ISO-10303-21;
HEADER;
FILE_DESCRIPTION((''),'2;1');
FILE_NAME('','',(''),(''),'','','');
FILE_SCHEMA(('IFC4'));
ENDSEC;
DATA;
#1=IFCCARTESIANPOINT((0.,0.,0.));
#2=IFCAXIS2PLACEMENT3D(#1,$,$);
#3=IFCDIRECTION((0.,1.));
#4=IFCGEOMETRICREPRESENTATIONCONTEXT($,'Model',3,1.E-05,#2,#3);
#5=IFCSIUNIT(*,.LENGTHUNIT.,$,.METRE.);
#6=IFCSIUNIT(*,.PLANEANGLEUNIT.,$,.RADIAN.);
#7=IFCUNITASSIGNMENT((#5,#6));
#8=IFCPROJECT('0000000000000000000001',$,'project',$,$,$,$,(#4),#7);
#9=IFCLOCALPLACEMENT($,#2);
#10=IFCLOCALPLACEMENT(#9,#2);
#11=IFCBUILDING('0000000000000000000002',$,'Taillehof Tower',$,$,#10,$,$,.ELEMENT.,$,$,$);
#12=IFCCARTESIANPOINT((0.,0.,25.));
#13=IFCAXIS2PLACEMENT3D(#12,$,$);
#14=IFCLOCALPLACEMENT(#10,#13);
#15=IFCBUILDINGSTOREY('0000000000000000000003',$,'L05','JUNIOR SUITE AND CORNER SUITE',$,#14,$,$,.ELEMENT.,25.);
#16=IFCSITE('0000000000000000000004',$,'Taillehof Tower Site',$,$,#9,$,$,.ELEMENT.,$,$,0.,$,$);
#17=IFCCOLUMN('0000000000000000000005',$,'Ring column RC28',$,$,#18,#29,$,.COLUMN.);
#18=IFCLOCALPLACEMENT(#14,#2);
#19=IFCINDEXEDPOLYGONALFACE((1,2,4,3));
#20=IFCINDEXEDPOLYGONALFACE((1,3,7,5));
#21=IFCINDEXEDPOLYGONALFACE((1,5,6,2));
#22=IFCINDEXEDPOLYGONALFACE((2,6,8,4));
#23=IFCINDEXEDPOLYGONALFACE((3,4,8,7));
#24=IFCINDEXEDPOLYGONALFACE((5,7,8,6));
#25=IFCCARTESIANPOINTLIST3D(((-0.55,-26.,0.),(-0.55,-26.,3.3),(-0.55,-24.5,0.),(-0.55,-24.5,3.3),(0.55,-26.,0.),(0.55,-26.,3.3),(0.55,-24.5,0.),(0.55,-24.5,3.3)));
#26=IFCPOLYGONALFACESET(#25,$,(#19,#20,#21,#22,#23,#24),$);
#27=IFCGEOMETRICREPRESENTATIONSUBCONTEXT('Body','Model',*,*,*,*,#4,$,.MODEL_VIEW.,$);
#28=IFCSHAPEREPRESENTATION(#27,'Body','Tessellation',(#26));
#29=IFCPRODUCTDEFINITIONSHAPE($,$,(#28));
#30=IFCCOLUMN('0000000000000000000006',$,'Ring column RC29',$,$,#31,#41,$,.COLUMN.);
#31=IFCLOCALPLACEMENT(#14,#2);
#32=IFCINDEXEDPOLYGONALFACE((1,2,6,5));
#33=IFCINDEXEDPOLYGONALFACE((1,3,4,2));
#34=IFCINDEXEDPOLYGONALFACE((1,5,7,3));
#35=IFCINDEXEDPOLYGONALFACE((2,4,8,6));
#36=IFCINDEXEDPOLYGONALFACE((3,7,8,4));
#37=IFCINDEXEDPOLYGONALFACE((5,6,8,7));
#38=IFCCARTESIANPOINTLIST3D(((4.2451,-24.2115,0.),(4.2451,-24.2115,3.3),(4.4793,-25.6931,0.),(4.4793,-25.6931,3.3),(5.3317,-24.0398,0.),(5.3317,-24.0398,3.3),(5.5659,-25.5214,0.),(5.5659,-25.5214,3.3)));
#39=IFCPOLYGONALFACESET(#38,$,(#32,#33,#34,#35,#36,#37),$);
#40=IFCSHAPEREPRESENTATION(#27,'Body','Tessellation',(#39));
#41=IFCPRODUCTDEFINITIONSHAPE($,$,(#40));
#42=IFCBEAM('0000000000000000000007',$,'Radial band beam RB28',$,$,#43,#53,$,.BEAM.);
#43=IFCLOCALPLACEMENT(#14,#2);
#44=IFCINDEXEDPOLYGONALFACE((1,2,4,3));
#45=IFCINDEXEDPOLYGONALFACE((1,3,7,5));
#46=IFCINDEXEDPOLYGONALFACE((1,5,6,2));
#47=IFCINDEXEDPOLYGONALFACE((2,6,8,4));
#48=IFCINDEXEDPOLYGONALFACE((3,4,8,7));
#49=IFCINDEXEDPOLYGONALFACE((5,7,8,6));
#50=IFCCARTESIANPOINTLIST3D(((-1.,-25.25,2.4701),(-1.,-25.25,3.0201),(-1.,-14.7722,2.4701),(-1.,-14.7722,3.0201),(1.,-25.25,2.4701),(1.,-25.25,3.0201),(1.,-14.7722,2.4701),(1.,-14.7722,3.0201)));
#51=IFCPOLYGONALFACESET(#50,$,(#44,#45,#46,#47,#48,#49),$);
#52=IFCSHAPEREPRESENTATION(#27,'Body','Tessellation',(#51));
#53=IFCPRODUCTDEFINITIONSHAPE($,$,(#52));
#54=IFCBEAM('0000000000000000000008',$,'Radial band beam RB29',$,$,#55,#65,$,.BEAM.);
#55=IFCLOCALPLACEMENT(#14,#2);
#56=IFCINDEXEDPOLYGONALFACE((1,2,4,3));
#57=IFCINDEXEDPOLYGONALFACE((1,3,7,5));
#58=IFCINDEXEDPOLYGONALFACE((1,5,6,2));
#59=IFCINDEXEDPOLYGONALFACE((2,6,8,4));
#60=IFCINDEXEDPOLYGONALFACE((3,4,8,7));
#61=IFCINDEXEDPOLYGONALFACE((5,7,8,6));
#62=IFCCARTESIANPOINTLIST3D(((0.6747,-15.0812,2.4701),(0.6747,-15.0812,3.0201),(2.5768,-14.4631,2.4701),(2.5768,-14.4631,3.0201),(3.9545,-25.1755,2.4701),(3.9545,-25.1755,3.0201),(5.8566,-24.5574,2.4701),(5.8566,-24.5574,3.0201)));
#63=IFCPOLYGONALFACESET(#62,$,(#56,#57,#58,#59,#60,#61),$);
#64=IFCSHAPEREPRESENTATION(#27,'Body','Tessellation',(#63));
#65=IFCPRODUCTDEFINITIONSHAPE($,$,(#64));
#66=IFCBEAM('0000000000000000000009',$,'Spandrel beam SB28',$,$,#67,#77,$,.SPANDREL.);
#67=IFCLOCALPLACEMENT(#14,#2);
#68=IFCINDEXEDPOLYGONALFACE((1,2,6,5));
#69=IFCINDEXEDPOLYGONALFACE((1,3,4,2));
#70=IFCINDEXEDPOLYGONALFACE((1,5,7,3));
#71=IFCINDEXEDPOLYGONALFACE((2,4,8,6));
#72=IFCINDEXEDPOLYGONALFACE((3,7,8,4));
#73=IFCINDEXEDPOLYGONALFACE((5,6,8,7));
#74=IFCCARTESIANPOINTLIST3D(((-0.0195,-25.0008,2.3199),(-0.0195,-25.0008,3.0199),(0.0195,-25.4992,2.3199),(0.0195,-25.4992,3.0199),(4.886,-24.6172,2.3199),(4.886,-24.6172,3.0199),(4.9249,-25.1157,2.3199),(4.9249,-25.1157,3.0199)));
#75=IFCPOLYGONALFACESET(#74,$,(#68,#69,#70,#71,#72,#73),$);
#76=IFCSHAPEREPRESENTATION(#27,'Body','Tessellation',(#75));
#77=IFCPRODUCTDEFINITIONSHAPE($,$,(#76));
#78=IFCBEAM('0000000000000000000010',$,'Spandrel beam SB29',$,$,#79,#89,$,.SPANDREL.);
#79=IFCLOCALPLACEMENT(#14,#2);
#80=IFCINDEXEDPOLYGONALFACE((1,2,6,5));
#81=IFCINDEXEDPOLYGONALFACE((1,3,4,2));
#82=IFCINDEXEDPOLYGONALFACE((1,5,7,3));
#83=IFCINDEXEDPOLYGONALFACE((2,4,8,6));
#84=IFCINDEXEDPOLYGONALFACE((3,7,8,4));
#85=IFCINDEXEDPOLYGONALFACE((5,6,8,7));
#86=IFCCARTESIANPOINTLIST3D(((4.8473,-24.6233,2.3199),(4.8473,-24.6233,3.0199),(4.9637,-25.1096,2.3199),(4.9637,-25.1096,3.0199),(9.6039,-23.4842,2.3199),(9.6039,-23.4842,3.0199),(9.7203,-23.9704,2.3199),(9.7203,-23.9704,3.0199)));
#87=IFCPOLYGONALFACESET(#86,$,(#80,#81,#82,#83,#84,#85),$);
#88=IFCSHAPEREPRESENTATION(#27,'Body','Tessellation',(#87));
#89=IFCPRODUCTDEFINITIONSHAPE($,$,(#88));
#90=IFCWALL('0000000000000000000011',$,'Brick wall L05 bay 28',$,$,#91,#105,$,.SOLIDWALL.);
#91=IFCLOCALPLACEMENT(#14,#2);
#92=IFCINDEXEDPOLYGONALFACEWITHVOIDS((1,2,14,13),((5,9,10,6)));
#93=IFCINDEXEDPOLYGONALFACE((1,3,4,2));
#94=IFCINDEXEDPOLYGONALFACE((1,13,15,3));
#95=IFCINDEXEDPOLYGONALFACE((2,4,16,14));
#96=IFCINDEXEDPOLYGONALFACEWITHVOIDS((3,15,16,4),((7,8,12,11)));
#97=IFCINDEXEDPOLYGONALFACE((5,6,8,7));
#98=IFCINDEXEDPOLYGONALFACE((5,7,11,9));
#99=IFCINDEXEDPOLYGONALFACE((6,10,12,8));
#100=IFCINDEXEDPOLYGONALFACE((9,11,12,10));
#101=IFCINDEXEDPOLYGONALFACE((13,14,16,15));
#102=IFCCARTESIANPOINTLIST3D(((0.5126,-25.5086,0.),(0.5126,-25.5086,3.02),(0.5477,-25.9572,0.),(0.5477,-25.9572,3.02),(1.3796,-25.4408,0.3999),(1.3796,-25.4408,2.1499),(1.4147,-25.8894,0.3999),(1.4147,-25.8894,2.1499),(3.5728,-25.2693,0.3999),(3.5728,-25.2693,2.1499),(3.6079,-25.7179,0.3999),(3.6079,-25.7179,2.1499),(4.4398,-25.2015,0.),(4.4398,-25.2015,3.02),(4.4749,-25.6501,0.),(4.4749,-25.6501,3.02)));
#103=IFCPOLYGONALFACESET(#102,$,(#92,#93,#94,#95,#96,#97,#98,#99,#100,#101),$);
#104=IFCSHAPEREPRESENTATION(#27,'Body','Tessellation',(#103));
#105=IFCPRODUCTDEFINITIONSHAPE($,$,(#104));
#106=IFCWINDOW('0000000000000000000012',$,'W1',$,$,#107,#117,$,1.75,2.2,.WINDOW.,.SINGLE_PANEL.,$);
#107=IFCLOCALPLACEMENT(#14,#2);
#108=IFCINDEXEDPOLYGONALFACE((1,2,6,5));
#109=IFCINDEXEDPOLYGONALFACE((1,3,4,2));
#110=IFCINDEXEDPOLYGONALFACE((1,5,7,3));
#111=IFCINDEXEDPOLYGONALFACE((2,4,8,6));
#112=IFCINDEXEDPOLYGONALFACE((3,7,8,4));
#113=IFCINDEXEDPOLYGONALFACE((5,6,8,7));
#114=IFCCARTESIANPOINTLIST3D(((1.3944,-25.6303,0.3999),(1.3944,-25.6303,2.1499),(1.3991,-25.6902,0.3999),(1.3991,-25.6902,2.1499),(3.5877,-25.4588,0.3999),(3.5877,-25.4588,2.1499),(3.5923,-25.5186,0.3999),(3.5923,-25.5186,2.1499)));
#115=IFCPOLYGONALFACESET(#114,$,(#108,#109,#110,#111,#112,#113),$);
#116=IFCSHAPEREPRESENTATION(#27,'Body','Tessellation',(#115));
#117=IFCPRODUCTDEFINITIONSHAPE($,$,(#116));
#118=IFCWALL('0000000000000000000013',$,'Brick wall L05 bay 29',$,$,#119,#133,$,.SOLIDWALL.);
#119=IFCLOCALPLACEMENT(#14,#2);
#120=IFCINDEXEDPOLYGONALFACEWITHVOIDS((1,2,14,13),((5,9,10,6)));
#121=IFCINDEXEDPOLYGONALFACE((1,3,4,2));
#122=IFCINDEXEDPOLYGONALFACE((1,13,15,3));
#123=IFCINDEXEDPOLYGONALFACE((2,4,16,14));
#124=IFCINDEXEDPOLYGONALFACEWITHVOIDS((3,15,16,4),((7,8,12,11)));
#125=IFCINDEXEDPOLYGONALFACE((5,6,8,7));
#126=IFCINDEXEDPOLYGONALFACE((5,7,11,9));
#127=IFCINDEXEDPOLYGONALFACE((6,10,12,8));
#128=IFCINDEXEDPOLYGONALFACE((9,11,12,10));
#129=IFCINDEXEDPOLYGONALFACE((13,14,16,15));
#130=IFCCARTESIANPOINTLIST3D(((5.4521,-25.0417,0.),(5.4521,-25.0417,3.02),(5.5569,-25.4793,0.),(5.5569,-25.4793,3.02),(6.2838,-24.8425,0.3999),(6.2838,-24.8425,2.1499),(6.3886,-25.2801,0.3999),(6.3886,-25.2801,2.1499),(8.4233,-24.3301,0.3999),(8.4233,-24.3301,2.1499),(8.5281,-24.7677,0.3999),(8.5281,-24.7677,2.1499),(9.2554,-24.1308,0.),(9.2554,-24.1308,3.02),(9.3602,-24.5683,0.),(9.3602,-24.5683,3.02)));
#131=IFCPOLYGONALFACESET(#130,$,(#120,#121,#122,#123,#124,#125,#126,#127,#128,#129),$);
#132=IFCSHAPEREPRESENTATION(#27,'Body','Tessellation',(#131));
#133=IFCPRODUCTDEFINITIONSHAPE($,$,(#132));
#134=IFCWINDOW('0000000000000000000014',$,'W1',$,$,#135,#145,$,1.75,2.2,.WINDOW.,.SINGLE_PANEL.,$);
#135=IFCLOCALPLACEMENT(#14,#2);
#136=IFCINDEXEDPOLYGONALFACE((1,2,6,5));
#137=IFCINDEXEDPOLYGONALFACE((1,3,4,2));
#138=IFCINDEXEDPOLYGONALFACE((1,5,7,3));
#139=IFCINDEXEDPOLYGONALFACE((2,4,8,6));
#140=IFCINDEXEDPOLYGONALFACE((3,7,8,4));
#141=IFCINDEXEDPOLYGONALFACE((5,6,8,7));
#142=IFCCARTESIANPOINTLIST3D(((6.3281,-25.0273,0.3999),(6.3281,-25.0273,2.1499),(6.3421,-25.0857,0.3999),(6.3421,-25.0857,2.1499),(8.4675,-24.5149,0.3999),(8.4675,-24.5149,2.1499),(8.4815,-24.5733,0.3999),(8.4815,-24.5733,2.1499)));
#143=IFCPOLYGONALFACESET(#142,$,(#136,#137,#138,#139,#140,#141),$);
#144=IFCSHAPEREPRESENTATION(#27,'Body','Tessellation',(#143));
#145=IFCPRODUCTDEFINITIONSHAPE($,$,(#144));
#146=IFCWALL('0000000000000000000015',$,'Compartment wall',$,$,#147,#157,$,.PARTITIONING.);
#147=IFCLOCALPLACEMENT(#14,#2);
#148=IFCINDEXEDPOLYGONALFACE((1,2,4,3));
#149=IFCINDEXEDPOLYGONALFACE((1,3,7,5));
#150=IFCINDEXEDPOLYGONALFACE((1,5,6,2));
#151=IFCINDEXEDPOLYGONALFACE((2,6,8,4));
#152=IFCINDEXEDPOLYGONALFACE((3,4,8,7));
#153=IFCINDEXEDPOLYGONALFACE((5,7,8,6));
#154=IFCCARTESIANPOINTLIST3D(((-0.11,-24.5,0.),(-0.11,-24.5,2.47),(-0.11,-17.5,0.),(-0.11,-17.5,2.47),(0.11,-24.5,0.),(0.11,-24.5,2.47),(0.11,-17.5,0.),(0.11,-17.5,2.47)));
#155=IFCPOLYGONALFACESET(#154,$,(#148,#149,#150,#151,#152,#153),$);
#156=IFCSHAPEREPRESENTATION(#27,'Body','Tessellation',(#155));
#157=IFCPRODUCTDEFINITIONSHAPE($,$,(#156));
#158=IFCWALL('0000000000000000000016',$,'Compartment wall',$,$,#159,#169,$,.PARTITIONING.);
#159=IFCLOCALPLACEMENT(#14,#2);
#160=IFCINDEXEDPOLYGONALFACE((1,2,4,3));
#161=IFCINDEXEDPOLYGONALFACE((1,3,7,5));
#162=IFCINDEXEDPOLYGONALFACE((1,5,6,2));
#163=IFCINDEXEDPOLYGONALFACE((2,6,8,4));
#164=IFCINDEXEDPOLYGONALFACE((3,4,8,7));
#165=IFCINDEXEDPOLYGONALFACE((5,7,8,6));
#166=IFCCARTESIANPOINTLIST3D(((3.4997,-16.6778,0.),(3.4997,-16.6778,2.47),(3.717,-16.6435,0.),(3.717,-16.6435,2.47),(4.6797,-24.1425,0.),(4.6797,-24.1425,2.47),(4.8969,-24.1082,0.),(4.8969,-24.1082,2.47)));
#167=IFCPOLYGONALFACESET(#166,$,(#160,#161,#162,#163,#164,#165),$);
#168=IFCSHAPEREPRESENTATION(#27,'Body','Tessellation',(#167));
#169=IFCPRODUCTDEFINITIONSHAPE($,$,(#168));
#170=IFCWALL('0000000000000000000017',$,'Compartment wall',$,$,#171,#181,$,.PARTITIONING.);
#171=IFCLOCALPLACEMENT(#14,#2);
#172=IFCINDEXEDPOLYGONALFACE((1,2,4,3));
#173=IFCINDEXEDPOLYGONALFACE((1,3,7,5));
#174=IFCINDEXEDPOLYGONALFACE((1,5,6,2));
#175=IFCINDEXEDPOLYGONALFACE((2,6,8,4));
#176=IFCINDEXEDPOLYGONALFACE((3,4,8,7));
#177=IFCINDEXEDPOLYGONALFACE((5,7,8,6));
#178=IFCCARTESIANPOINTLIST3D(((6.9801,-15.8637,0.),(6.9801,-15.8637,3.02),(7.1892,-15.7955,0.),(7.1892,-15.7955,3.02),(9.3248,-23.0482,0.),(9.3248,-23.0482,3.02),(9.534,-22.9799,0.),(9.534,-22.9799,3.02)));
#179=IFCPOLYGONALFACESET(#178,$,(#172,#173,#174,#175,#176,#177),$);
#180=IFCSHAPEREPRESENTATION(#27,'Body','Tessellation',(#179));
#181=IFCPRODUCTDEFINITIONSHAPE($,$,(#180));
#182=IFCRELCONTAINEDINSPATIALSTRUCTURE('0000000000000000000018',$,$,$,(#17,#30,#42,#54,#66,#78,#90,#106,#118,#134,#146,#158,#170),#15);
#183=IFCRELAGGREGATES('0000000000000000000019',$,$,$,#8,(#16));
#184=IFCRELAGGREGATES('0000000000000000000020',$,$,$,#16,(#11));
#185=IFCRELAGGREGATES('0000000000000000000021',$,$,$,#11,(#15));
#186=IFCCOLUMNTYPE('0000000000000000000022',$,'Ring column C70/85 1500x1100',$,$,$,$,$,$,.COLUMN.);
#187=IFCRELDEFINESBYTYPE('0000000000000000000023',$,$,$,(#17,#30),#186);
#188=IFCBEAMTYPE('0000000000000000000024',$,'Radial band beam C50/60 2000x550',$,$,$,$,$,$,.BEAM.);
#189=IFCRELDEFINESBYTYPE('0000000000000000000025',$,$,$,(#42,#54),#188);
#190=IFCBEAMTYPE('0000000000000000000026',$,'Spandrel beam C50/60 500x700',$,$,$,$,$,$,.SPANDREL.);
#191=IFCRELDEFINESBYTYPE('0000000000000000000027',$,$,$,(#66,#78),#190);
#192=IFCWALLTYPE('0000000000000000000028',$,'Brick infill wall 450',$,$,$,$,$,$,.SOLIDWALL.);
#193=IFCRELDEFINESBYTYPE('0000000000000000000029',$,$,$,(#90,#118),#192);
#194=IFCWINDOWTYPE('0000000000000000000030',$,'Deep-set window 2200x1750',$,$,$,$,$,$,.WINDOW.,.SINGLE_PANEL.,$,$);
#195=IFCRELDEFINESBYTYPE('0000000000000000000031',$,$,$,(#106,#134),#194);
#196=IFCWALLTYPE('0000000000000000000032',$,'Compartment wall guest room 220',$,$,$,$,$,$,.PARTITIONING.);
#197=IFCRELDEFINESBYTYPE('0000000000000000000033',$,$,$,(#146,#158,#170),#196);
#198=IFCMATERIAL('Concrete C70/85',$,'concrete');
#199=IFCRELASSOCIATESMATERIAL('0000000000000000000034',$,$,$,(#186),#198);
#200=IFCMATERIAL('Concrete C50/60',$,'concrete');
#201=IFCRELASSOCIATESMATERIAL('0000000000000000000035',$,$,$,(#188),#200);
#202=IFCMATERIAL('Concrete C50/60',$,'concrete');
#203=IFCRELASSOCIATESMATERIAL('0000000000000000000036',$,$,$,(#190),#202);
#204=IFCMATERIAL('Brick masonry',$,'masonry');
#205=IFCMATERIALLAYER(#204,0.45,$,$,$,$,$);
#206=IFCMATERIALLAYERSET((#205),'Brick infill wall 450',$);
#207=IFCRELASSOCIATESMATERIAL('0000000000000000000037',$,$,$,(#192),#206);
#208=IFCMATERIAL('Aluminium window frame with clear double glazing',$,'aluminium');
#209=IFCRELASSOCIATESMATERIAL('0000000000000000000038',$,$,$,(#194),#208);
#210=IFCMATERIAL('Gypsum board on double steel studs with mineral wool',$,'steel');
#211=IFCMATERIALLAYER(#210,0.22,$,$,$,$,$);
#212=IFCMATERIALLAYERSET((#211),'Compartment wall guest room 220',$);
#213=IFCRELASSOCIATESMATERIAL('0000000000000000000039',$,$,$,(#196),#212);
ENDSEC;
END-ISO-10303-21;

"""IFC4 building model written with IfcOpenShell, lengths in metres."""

from ifc_helpers import new_model, si_unit, direction, frame, frame_2d, origin, origin_2d, place, context, subcontext, project, spatial, rectangle, extrude, material, layer, layer_set, material_profile, profile_set, type_object, element, fill, save


model = new_model("IFC4")

# Units and contexts
model_context = context("Model", 3, precision=1e-05, world=origin(), true_north=direction((0.0, 1.0)))
body_context = subcontext(model_context, "Body", "Model", "MODEL_VIEW")
ifc_project = project(units=[si_unit("LENGTHUNIT", "METRE"), si_unit("PLANEANGLEUNIT", "RADIAN")], contexts=[model_context])

# Site, building, storey
site_placement = place(None, origin())
site = spatial("IfcSite", under=ifc_project, at=site_placement, Name="Taillehof Tower Site", CompositionType="ELEMENT", RefElevation=0.0)
building_placement = place(site_placement, origin())
building = spatial("IfcBuilding", under=site, at=building_placement, Name="Taillehof Tower", CompositionType="ELEMENT")
storey_placement = place(building_placement, frame((0.0, 0.0, 25.0)))
storey = spatial("IfcBuildingStorey", under=building, at=storey_placement, Name="L05", Description="JUNIOR SUITE AND CORNER SUITE", CompositionType="ELEMENT", Elevation=25.0)

# Columns
ifc_material_1 = material(Name="Concrete C70/85", Category="concrete")
ifc_material_profile_1 = material_profile(ifc_material_1, rectangle(XDim=1.5, YDim=1.1001, at=origin_2d()), Name="RC 1500x1100")
ifc_profile_set_1 = profile_set([ifc_material_profile_1], Name="Concrete C70/85")
column_type = type_object("IfcColumnType", Name="Ring column C70/85 1500x1100", PredefinedType="COLUMN", material=ifc_profile_set_1)
for number, where, z_axis, x_axis, name in (
    (1, (0.0, -25.25, 0.0), (0.0, 0.0, 1.0), (0.0, -1.0, 0.0), "Ring column RC28"),
    (2, (4.9055, -24.8665, 0.0), (0.0, 0.0, 1.0), (0.156147, -0.987734, 0.0), "Ring column RC29"),
):
    element("IfcColumn", number, at=place(storey_placement, frame(where, z_axis=z_axis, x_axis=x_axis)), inside=storey, type_object=column_type, Name=name, PredefinedType="COLUMN", context=body_context, shape_type="SweptSolid", body=[
        extrude(rectangle(XDim=1.5, YDim=1.1001, at=origin_2d()), origin(), (0.0, 0.0, 1.0), 3.3),
    ])

# Beams
ifc_material_2 = material(Name="Concrete C50/60", Category="concrete")
ifc_material_profile_2 = material_profile(ifc_material_2, rectangle(XDim=2.0, YDim=0.55, at=origin_2d()), Name="RC 2000x550")
ifc_profile_set_2 = profile_set([ifc_material_profile_2], Name="Concrete C50/60")
beam_type_1 = type_object("IfcBeamType", Name="Radial band beam C50/60 2000x550", PredefinedType="BEAM", material=ifc_profile_set_2)
beam_1_placement = place(storey_placement, frame((0.0, -25.25, 2.7451), z_axis=(0.0, 1.0, 0.0), x_axis=(-1.0, 0.0, 0.0)))
element("IfcBeam", 3, at=beam_1_placement, inside=storey, type_object=beam_type_1, Name="Radial band beam RB28", PredefinedType="BEAM", context=body_context, shape_type="SweptSolid", body=[
    extrude(rectangle(XDim=2.0, YDim=0.55, at=origin_2d()), origin(), (0.0, 0.0, 1.0), 10.4778),
])
beam_2_placement = place(storey_placement, frame((4.9055, -24.8665, 2.7451), z_axis=(-0.309014, 0.951057, 0.0), x_axis=(-0.951057, -0.309014, 0.0)))
element("IfcBeam", 4, at=beam_2_placement, inside=storey, type_object=beam_type_1, Name="Radial band beam RB29", PredefinedType="BEAM", context=body_context, shape_type="SweptSolid", body=[
    extrude(rectangle(XDim=2.0, YDim=0.55, at=origin_2d()), origin(), (0.0, 0.0, 1.0), 10.6138),
])
ifc_material_3 = material(Name="Concrete C50/60", Category="concrete")
ifc_material_profile_3 = material_profile(ifc_material_3, rectangle(XDim=0.5, YDim=0.7, at=origin_2d()), Name="RC 500x700")
ifc_profile_set_3 = profile_set([ifc_material_profile_3], Name="Concrete C50/60")
beam_type_2 = type_object("IfcBeamType", Name="Spandrel beam C50/60 500x700", PredefinedType="SPANDREL", material=ifc_profile_set_3)
beam_3_placement = place(storey_placement, frame((0.0, -25.25, 2.6699), z_axis=(0.996957, 0.077949, 0.0), x_axis=(-0.077949, 0.996957, 0.0)))
element("IfcBeam", 5, at=beam_3_placement, inside=storey, type_object=beam_type_2, Name="Spandrel beam SB28", PredefinedType="SPANDREL", context=body_context, shape_type="SweptSolid", body=[
    extrude(rectangle(XDim=0.5, YDim=0.7, at=origin_2d()), origin(), (0.0, 0.0, 1.0), 4.9204),
])
beam_4_placement = place(storey_placement, frame((4.9055, -24.8665, 2.6699), z_axis=(0.9725, 0.232905, 0.0), x_axis=(-0.232905, 0.9725, 0.0)))
element("IfcBeam", 6, at=beam_4_placement, inside=storey, type_object=beam_type_2, Name="Spandrel beam SB29", PredefinedType="SPANDREL", context=body_context, shape_type="SweptSolid", body=[
    extrude(rectangle(XDim=0.5, YDim=0.7, at=origin_2d()), origin(), (0.0, 0.0, 1.0), 4.8911),
])

# Walls, openings, windows
ifc_material_4 = material(Name="Brick masonry", Category="masonry")
ifc_layer_1 = layer(ifc_material_4, 0.45)
ifc_layer_set_1 = layer_set([ifc_layer_1], Name="Brick infill wall 450")
wall_type_1 = type_object("IfcWallType", Name="Brick infill wall 450", PredefinedType="SOLIDWALL", material=ifc_layer_set_1)
wall_1_placement = place(storey_placement, frame((0.53, -25.7329, 0.0), z_axis=(0.0, 0.0, 1.0), x_axis=(0.996956, 0.077967, 0.0)))
wall_1 = element("IfcWall", 7, at=wall_1_placement, inside=storey, type_object=wall_type_1, Name="Brick wall L05 bay 28", PredefinedType="SOLIDWALL", context=body_context, shape_type="SweptSolid", body=[
    extrude(rectangle(XDim=3.9392, YDim=0.45, at=frame_2d((1.9697, 0.0))), origin(), (0.0, 0.0, 1.0), 3.02),
])
opening_1_placement = place(wall_1_placement, frame((0.8696, 0.0, 0.3999)))
opening_1 = element("IfcOpeningElement", 8, at=opening_1_placement, cuts=wall_1, PredefinedType="OPENING", context=body_context, shape_type="SweptSolid", body=[
    extrude(rectangle(XDim=2.2, YDim=1.75, at=frame_2d((1.1001, 0.875))), frame((0.0, 0.2349, 0.0), z_axis=(0.0, -1.0, 0.0), x_axis=(1.0, 0.0, 0.0)), (0.0, 0.0, 1.0), 0.47),
])
ifc_material_5 = material(Name="Aluminium window frame with clear double glazing", Category="aluminium")
window_type = type_object("IfcWindowType", Name="Deep-set window 2200x1750", PartitioningType="SINGLE_PANEL", PredefinedType="WINDOW", material=ifc_material_5)
window_1_placement = place(opening_1_placement, origin())
window_1 = element("IfcWindow", 9, at=window_1_placement, inside=storey, type_object=window_type, Name="W1", OverallHeight=1.75, OverallWidth=2.2, PartitioningType="SINGLE_PANEL", PredefinedType="WINDOW", context=body_context, shape_type="SweptSolid", body=[
    extrude(rectangle(XDim=2.2, YDim=1.75, at=frame_2d((1.1001, 0.875))), frame((0.0, 0.0349, 0.0), z_axis=(0.0, -1.0, 0.0), x_axis=(1.0, 0.0, 0.0)), (0.0, 0.0, 1.0), 0.0601),
])
fill(opening_1, window_1)
wall_2_placement = place(storey_placement, frame((5.5044, -25.2605, 0.0), z_axis=(0.0, 0.0, 1.0), x_axis=(0.972497, 0.232917, 0.0)))
wall_2 = element("IfcWall", 10, at=wall_2_placement, inside=storey, type_object=wall_type_1, Name="Brick wall L05 bay 29", PredefinedType="SOLIDWALL", context=body_context, shape_type="SweptSolid", body=[
    extrude(rectangle(XDim=3.9109, YDim=0.45, at=frame_2d((1.9556, 0.0))), origin(), (0.0, 0.0, 1.0), 3.02),
])
opening_2_placement = place(wall_2_placement, frame((0.8552, 0.0, 0.3999)))
opening_2 = element("IfcOpeningElement", 11, at=opening_2_placement, cuts=wall_2, PredefinedType="OPENING", context=body_context, shape_type="SweptSolid", body=[
    extrude(rectangle(XDim=2.2, YDim=1.75, at=frame_2d((1.1001, 0.875))), frame((0.0, 0.2349, 0.0), z_axis=(0.0, -1.0, 0.0), x_axis=(1.0, 0.0, 0.0)), (0.0, 0.0, 1.0), 0.47),
])
window_2_placement = place(opening_2_placement, origin())
window_2 = element("IfcWindow", 12, at=window_2_placement, inside=storey, type_object=window_type, Name="W1", OverallHeight=1.75, OverallWidth=2.2, PartitioningType="SINGLE_PANEL", PredefinedType="WINDOW", context=body_context, shape_type="SweptSolid", body=[
    extrude(rectangle(XDim=2.2, YDim=1.75, at=frame_2d((1.1001, 0.875))), frame((0.0, 0.0349, 0.0), z_axis=(0.0, -1.0, 0.0), x_axis=(1.0, 0.0, 0.0)), (0.0, 0.0, 1.0), 0.0601),
])
fill(opening_2, window_2)

# Walls
ifc_material_6 = material(Name="Gypsum board on double steel studs with mineral wool", Category="steel")
ifc_layer_2 = layer(ifc_material_6, 0.22)
ifc_layer_set_2 = layer_set([ifc_layer_2], Name="Compartment wall guest room 220")
wall_type_2 = type_object("IfcWallType", Name="Compartment wall guest room 220", PredefinedType="PARTITIONING", material=ifc_layer_set_2)
wall_3_placement = place(storey_placement, frame((0.0, -24.5, 0.0), z_axis=(0.0, 0.0, 1.0), x_axis=(0.0, 1.0, 0.0)))
element("IfcWall", 13, at=wall_3_placement, inside=storey, type_object=wall_type_2, Name="Compartment wall", PredefinedType="PARTITIONING", context=body_context, shape_type="SweptSolid", body=[
    extrude(rectangle(XDim=7.0, YDim=0.22, at=frame_2d((3.5, 0.0))), origin(), (0.0, 0.0, 1.0), 2.47),
])
wall_4_placement = place(storey_placement, frame((4.7883, -24.1255, 0.0), z_axis=(0.0, 0.0, 1.0), x_axis=(-0.156132, 0.987736, 0.0)))
element("IfcWall", 14, at=wall_4_placement, inside=storey, type_object=wall_type_2, Name="Compartment wall", PredefinedType="PARTITIONING", context=body_context, shape_type="SweptSolid", body=[
    extrude(rectangle(XDim=7.5574, YDim=0.22, at=frame_2d((3.7788, 0.0))), origin(), (0.0, 0.0, 1.0), 2.47),
])
wall_5_placement = place(storey_placement, frame((9.4294, -23.0142, 0.0), z_axis=(0.0, 0.0, 1.0), x_axis=(-0.310261, 0.950651, 0.0)))
element("IfcWall", 15, at=wall_5_placement, inside=storey, type_object=wall_type_2, Name="Compartment wall", PredefinedType="PARTITIONING", context=body_context, shape_type="SweptSolid", body=[
    extrude(rectangle(XDim=7.5574, YDim=0.22, at=frame_2d((3.7788, 0.0))), origin(), (0.0, 0.0, 1.0), 3.02),
])

save(model, "model.ifc")
